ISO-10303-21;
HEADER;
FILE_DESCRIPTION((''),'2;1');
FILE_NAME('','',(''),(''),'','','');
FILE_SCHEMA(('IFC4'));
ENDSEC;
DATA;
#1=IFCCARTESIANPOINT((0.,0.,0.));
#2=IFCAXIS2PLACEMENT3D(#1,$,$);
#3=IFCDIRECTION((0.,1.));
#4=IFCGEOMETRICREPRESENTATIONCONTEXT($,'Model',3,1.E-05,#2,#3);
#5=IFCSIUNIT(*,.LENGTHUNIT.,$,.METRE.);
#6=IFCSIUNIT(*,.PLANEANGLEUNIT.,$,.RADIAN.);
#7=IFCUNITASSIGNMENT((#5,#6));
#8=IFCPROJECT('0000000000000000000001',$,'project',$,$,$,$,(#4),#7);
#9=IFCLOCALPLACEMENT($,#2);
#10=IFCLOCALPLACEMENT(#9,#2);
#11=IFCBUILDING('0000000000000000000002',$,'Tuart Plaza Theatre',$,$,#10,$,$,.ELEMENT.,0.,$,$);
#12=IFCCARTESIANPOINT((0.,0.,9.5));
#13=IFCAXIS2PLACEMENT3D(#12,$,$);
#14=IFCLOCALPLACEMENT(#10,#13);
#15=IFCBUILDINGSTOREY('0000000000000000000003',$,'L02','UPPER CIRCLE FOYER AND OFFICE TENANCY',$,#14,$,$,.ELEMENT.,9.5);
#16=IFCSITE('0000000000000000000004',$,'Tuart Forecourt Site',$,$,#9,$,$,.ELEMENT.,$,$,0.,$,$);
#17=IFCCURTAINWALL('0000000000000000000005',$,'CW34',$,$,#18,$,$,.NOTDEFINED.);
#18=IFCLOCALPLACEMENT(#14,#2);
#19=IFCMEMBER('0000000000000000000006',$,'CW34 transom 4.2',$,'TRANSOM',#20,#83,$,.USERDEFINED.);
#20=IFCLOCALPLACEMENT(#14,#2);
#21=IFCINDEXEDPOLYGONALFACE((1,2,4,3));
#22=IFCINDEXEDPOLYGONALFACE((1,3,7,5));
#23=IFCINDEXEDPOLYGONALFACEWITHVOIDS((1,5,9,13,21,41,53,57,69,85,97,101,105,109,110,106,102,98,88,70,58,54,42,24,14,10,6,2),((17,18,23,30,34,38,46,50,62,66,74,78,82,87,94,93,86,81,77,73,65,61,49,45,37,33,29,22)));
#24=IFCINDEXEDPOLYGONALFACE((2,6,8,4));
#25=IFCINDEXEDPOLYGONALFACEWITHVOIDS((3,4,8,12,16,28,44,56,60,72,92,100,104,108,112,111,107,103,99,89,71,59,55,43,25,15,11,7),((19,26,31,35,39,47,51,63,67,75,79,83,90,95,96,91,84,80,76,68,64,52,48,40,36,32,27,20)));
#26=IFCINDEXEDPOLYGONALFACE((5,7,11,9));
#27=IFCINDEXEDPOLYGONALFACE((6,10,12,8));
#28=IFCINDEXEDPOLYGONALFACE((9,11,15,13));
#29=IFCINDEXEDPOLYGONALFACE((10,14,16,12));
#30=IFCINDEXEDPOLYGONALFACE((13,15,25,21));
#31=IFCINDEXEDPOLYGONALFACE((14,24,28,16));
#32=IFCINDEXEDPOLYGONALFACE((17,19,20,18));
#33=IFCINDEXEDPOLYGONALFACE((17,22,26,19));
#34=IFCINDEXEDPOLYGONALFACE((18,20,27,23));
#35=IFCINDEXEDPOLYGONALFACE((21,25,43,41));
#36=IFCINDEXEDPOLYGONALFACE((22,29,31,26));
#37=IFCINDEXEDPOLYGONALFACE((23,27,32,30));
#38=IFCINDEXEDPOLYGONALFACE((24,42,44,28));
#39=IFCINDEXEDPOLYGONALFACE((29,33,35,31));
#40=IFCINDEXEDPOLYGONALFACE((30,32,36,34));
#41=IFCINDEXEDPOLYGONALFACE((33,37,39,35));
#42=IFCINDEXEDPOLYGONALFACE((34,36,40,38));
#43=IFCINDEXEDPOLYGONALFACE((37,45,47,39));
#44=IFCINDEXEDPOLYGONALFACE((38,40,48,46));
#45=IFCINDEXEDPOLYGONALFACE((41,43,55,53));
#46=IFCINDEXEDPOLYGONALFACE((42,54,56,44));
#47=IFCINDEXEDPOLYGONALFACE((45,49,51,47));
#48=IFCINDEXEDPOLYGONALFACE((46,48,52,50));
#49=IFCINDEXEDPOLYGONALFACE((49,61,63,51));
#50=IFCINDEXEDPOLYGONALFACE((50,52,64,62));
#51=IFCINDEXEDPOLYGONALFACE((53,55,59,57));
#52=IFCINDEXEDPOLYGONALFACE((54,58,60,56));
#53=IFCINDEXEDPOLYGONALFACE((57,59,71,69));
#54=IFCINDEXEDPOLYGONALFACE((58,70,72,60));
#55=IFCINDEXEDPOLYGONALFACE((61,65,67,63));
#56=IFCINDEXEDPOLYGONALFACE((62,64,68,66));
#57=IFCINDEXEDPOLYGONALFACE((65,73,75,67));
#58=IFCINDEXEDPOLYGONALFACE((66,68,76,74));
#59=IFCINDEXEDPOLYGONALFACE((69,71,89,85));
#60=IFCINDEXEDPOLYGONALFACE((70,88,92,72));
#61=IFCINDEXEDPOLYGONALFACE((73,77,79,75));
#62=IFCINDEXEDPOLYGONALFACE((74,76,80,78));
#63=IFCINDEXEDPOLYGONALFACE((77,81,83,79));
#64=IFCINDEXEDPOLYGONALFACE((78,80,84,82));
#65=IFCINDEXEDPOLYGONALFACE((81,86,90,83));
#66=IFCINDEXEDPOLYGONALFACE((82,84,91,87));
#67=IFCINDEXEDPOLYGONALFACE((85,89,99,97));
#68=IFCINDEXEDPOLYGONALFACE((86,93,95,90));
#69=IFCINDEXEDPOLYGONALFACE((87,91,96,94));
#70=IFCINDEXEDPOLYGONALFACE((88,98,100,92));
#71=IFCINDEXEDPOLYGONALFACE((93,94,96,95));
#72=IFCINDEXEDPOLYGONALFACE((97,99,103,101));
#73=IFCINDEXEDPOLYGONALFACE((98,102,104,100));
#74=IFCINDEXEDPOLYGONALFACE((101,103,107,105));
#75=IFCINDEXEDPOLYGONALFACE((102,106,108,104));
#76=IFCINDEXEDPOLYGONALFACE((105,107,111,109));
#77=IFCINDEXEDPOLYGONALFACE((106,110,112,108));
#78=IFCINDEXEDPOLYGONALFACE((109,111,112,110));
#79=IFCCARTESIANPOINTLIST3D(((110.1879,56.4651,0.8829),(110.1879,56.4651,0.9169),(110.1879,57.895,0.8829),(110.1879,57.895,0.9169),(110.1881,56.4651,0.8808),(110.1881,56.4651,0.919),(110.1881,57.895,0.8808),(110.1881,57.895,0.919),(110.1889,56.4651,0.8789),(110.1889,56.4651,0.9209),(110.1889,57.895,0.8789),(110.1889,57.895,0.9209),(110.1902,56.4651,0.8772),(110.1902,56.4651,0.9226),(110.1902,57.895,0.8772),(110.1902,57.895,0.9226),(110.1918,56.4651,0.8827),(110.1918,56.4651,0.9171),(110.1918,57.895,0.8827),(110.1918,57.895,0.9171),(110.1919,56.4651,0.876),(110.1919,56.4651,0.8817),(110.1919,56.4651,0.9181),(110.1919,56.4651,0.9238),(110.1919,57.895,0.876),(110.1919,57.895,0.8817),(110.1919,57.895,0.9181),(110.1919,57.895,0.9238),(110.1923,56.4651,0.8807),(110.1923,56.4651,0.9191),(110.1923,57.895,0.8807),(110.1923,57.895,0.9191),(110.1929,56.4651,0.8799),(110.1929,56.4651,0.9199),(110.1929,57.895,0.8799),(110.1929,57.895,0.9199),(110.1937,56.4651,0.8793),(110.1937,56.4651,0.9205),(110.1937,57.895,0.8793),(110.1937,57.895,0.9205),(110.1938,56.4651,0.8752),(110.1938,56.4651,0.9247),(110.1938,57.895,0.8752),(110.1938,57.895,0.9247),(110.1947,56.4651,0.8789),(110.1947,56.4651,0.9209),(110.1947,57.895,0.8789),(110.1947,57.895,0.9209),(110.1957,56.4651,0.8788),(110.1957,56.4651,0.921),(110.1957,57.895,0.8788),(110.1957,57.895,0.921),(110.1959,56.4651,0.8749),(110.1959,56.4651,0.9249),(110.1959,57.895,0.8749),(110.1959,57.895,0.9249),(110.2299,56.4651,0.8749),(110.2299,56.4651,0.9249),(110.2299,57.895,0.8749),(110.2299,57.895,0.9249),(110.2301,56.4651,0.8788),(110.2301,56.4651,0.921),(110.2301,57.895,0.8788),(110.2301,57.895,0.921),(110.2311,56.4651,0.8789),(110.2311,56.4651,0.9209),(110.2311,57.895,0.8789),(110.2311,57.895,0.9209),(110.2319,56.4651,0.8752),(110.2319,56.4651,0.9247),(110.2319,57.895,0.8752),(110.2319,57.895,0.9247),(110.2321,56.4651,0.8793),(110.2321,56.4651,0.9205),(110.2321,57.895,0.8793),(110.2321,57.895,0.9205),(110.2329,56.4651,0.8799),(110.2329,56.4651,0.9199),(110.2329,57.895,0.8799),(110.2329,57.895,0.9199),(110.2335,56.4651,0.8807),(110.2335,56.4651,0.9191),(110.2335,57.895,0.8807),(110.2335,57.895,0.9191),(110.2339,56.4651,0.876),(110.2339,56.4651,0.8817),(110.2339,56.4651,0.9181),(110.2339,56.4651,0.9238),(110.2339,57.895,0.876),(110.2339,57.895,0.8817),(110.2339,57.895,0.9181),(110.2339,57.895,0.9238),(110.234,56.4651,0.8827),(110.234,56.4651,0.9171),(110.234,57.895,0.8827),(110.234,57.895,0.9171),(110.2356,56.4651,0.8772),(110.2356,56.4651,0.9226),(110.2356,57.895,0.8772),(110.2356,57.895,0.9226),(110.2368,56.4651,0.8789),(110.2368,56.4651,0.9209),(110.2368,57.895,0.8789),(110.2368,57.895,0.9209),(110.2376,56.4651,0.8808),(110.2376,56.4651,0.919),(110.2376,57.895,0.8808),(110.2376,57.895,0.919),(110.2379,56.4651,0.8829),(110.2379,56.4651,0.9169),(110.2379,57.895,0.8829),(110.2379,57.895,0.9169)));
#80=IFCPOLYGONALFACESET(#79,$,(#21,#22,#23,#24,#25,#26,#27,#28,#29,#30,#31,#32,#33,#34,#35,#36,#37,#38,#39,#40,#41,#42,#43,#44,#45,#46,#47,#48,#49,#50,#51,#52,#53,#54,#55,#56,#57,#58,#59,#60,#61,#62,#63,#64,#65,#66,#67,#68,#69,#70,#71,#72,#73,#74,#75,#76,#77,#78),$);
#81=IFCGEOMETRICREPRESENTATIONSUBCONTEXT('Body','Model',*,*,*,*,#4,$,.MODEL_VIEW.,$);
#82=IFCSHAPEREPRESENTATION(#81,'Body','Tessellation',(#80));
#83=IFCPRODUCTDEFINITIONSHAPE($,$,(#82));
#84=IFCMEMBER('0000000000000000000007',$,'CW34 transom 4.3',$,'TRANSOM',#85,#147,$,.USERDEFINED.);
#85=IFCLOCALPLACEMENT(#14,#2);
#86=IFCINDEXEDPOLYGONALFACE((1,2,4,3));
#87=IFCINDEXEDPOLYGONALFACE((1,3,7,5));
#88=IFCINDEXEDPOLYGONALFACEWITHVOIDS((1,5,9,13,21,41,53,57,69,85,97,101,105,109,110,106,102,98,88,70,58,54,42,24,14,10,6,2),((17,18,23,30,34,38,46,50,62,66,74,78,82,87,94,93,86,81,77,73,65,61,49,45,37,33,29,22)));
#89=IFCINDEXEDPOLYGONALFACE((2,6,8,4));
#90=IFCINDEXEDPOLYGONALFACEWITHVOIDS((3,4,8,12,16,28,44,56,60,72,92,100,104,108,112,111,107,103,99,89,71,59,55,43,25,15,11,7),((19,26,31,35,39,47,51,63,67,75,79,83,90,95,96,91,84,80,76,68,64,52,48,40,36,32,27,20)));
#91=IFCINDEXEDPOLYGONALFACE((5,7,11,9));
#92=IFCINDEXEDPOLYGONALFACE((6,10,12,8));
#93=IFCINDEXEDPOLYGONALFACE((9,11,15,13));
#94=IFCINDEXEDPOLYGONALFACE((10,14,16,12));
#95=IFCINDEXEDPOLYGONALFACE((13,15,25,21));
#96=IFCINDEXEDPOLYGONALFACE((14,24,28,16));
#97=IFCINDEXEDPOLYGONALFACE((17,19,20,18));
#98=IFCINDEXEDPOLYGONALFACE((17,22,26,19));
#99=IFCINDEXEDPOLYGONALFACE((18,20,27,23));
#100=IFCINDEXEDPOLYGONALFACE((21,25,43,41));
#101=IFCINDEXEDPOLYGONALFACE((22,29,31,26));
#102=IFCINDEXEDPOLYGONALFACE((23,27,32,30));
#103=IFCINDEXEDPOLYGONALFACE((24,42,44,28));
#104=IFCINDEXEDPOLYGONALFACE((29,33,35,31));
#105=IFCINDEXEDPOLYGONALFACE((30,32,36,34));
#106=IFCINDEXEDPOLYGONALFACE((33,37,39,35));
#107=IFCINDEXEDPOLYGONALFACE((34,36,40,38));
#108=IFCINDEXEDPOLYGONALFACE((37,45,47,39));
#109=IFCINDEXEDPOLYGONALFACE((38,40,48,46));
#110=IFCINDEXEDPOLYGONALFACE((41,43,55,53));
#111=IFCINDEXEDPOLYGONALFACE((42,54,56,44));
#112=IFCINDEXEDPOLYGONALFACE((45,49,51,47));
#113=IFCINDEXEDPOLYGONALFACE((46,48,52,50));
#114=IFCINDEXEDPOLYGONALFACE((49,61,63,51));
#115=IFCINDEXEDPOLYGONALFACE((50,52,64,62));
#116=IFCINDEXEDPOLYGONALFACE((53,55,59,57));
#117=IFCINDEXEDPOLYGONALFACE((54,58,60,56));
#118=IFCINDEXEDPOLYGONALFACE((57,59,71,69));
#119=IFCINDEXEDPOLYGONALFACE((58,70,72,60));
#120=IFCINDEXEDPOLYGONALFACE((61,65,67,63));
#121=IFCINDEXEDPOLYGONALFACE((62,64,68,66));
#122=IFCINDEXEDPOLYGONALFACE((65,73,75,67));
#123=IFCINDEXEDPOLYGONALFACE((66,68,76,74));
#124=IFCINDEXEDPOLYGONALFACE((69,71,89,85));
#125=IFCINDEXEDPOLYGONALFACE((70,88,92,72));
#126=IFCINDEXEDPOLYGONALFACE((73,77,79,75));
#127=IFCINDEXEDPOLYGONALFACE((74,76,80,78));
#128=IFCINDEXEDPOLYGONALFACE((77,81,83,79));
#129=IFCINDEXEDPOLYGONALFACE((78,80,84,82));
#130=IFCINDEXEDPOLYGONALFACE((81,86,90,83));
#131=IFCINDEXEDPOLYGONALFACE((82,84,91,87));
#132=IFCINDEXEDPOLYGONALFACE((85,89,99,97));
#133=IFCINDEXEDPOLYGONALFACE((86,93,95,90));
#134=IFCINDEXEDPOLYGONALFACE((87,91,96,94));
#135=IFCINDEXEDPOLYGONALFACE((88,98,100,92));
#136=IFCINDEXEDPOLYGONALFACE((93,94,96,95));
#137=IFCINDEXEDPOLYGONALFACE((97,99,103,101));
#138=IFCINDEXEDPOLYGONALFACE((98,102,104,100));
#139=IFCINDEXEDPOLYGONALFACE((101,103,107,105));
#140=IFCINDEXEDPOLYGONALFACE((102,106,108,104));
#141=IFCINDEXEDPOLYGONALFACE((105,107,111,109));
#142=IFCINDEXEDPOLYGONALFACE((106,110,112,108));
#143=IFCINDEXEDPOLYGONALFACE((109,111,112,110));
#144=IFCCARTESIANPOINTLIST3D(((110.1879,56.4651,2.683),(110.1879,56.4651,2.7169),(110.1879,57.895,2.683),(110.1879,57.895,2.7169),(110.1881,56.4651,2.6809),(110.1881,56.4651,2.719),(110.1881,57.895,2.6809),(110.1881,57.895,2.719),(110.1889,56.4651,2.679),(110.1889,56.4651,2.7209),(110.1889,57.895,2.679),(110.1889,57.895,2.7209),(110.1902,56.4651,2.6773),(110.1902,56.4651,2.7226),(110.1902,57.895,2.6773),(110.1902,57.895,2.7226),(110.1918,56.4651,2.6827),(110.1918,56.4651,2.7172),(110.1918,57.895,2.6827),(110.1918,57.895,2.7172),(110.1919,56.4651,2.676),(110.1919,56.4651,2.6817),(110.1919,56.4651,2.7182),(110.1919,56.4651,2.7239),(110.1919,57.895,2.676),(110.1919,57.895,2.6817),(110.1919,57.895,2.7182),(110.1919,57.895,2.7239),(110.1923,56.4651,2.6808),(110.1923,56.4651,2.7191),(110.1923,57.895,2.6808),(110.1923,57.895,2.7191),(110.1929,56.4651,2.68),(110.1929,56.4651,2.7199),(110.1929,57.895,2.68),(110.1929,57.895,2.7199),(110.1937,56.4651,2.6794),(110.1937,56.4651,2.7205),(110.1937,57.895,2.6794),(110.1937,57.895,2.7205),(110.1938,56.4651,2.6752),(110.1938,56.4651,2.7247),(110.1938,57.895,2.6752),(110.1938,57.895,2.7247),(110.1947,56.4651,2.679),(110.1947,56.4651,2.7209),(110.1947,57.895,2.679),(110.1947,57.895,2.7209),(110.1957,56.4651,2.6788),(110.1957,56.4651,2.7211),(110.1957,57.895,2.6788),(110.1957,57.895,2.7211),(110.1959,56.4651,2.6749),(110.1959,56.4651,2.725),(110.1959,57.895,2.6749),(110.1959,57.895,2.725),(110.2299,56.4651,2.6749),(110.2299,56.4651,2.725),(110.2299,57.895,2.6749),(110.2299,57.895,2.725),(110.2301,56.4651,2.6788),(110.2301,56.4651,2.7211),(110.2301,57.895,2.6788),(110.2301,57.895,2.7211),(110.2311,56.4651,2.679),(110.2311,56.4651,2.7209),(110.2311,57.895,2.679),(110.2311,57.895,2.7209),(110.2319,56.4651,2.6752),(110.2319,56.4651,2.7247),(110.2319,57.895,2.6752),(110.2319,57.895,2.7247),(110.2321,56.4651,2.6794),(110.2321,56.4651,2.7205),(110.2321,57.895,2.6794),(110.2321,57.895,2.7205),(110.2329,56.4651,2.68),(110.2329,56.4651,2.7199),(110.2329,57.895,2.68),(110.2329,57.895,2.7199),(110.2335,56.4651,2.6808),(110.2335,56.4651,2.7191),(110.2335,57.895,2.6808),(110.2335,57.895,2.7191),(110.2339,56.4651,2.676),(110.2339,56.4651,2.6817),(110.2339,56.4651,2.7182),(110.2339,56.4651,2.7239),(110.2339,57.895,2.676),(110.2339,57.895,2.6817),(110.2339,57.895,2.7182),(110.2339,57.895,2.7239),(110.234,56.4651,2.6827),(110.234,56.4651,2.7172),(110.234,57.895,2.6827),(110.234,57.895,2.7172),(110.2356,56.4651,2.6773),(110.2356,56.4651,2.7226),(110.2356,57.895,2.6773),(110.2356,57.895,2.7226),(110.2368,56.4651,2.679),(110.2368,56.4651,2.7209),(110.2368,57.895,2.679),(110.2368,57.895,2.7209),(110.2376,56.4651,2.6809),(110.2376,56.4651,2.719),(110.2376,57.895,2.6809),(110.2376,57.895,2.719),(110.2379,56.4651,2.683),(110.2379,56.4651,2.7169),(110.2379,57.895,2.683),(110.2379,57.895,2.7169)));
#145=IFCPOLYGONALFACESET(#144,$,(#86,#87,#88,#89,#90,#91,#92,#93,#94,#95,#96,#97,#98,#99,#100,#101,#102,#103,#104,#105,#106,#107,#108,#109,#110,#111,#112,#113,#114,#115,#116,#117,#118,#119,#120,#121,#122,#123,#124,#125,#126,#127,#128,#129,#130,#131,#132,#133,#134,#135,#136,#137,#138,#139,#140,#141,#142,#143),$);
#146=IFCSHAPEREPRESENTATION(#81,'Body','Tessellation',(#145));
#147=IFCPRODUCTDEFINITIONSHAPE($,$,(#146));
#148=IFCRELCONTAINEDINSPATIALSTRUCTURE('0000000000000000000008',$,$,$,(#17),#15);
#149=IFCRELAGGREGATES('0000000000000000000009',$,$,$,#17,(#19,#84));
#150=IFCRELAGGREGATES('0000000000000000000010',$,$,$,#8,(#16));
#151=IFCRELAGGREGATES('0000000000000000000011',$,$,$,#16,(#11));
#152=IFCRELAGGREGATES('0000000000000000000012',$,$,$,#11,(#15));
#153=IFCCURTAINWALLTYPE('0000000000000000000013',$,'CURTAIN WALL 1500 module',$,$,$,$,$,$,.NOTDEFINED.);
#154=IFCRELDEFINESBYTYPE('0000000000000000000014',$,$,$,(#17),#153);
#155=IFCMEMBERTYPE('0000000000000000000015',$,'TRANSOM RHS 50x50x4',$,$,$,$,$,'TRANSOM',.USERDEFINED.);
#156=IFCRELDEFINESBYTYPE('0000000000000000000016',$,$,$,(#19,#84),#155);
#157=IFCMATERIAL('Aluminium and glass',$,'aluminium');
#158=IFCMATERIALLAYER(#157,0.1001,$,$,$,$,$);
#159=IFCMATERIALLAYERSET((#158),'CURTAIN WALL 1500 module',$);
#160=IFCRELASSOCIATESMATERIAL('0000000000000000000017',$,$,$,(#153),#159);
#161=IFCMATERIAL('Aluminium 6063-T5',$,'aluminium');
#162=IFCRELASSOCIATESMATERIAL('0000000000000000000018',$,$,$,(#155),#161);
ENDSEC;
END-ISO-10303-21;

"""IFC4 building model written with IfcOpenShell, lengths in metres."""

from ifc_helpers import new_model, si_unit, direction, frame, origin, origin_2d, place, context, subcontext, project, spatial, hollow_rectangle, extrude, material, layer, layer_set, material_profile, profile_set, type_object, element, aggregate, save


model = new_model("IFC4")

# Units and contexts
model_context = context("Model", 3, precision=1e-05, world=origin(), true_north=direction((0.0, 1.0)))
body_context = subcontext(model_context, "Body", "Model", "MODEL_VIEW")
ifc_project = project(units=[si_unit("LENGTHUNIT", "METRE"), si_unit("PLANEANGLEUNIT", "RADIAN")], contexts=[model_context])

# Site, building, storey
site_placement = place(None, origin())
site = spatial("IfcSite", under=ifc_project, at=site_placement, Name="Tuart Forecourt Site", CompositionType="ELEMENT", RefElevation=0.0)
building_placement = place(site_placement, origin())
building = spatial("IfcBuilding", under=site, at=building_placement, Name="Tuart Plaza Theatre", CompositionType="ELEMENT", ElevationOfRefHeight=0.0)
storey_placement = place(building_placement, frame((0.0, 0.0, 9.5)))
storey = spatial("IfcBuildingStorey", under=building, at=storey_placement, Name="L02", Description="UPPER CIRCLE FOYER AND OFFICE TENANCY", CompositionType="ELEMENT", Elevation=9.5)

# Curtain wall, members
ifc_material_1 = material(Name="Aluminium and glass", Category="aluminium")
ifc_layer_1 = layer(ifc_material_1, 0.1001)
ifc_layer_set_1 = layer_set([ifc_layer_1], Name="CURTAIN WALL 1500 module")
curtain_wall_type = type_object("IfcCurtainWallType", Name="CURTAIN WALL 1500 module", PredefinedType="NOTDEFINED", material=ifc_layer_set_1)
curtain_wall_placement = place(storey_placement, origin())
curtain_wall = element("IfcCurtainWall", 1, at=curtain_wall_placement, inside=storey, type_object=curtain_wall_type, Name="CW34", PredefinedType="NOTDEFINED")
ifc_material_2 = material(Name="Aluminium 6063-T5", Category="aluminium")
ifc_material_profile_1 = material_profile(ifc_material_2, hollow_rectangle(XDim=0.05, YDim=0.05, WallThickness=0.0039, InnerFilletRadius=0.0039, OuterFilletRadius=0.0081, at=origin_2d()), Name="RHS 50x50x4")
ifc_profile_set_1 = profile_set([ifc_material_profile_1], Name="Aluminium 6063-T5")
member_type_1 = type_object("IfcMemberType", Name="TRANSOM RHS 50x50x4", ElementType="TRANSOM", PredefinedType="USERDEFINED", material=ifc_profile_set_1)
member_1_placement = place(storey_placement, frame((110.2129, 56.4651, 0.8999), z_axis=(0.0, 1.0, 0.0), x_axis=(-1.0, 0.0, 0.0)))
member_1 = element("IfcMember", 2, at=member_1_placement, type_object=member_type_1, Name="CW34 transom 4.2", ObjectType="TRANSOM", PredefinedType="USERDEFINED", context=body_context, shape_type="SweptSolid", body=[
    extrude(hollow_rectangle(XDim=0.05, YDim=0.05, WallThickness=0.0039, InnerFilletRadius=0.0039, OuterFilletRadius=0.0081, at=origin_2d()), origin(), (0.0, 0.0, 1.0), 1.4299),
])
member_2_placement = place(storey_placement, frame((110.2129, 56.4651, 2.7), z_axis=(0.0, 1.0, 0.0), x_axis=(-1.0, 0.0, 0.0)))
member_2 = element("IfcMember", 3, at=member_2_placement, type_object=member_type_1, Name="CW34 transom 4.3", ObjectType="TRANSOM", PredefinedType="USERDEFINED", context=body_context, shape_type="SweptSolid", body=[
    extrude(hollow_rectangle(XDim=0.05, YDim=0.05, WallThickness=0.0039, InnerFilletRadius=0.0039, OuterFilletRadius=0.0081, at=origin_2d()), origin(), (0.0, 0.0, 1.0), 1.4299),
])
aggregate(curtain_wall, [member_1, member_2])

save(model, "model.ifc")
